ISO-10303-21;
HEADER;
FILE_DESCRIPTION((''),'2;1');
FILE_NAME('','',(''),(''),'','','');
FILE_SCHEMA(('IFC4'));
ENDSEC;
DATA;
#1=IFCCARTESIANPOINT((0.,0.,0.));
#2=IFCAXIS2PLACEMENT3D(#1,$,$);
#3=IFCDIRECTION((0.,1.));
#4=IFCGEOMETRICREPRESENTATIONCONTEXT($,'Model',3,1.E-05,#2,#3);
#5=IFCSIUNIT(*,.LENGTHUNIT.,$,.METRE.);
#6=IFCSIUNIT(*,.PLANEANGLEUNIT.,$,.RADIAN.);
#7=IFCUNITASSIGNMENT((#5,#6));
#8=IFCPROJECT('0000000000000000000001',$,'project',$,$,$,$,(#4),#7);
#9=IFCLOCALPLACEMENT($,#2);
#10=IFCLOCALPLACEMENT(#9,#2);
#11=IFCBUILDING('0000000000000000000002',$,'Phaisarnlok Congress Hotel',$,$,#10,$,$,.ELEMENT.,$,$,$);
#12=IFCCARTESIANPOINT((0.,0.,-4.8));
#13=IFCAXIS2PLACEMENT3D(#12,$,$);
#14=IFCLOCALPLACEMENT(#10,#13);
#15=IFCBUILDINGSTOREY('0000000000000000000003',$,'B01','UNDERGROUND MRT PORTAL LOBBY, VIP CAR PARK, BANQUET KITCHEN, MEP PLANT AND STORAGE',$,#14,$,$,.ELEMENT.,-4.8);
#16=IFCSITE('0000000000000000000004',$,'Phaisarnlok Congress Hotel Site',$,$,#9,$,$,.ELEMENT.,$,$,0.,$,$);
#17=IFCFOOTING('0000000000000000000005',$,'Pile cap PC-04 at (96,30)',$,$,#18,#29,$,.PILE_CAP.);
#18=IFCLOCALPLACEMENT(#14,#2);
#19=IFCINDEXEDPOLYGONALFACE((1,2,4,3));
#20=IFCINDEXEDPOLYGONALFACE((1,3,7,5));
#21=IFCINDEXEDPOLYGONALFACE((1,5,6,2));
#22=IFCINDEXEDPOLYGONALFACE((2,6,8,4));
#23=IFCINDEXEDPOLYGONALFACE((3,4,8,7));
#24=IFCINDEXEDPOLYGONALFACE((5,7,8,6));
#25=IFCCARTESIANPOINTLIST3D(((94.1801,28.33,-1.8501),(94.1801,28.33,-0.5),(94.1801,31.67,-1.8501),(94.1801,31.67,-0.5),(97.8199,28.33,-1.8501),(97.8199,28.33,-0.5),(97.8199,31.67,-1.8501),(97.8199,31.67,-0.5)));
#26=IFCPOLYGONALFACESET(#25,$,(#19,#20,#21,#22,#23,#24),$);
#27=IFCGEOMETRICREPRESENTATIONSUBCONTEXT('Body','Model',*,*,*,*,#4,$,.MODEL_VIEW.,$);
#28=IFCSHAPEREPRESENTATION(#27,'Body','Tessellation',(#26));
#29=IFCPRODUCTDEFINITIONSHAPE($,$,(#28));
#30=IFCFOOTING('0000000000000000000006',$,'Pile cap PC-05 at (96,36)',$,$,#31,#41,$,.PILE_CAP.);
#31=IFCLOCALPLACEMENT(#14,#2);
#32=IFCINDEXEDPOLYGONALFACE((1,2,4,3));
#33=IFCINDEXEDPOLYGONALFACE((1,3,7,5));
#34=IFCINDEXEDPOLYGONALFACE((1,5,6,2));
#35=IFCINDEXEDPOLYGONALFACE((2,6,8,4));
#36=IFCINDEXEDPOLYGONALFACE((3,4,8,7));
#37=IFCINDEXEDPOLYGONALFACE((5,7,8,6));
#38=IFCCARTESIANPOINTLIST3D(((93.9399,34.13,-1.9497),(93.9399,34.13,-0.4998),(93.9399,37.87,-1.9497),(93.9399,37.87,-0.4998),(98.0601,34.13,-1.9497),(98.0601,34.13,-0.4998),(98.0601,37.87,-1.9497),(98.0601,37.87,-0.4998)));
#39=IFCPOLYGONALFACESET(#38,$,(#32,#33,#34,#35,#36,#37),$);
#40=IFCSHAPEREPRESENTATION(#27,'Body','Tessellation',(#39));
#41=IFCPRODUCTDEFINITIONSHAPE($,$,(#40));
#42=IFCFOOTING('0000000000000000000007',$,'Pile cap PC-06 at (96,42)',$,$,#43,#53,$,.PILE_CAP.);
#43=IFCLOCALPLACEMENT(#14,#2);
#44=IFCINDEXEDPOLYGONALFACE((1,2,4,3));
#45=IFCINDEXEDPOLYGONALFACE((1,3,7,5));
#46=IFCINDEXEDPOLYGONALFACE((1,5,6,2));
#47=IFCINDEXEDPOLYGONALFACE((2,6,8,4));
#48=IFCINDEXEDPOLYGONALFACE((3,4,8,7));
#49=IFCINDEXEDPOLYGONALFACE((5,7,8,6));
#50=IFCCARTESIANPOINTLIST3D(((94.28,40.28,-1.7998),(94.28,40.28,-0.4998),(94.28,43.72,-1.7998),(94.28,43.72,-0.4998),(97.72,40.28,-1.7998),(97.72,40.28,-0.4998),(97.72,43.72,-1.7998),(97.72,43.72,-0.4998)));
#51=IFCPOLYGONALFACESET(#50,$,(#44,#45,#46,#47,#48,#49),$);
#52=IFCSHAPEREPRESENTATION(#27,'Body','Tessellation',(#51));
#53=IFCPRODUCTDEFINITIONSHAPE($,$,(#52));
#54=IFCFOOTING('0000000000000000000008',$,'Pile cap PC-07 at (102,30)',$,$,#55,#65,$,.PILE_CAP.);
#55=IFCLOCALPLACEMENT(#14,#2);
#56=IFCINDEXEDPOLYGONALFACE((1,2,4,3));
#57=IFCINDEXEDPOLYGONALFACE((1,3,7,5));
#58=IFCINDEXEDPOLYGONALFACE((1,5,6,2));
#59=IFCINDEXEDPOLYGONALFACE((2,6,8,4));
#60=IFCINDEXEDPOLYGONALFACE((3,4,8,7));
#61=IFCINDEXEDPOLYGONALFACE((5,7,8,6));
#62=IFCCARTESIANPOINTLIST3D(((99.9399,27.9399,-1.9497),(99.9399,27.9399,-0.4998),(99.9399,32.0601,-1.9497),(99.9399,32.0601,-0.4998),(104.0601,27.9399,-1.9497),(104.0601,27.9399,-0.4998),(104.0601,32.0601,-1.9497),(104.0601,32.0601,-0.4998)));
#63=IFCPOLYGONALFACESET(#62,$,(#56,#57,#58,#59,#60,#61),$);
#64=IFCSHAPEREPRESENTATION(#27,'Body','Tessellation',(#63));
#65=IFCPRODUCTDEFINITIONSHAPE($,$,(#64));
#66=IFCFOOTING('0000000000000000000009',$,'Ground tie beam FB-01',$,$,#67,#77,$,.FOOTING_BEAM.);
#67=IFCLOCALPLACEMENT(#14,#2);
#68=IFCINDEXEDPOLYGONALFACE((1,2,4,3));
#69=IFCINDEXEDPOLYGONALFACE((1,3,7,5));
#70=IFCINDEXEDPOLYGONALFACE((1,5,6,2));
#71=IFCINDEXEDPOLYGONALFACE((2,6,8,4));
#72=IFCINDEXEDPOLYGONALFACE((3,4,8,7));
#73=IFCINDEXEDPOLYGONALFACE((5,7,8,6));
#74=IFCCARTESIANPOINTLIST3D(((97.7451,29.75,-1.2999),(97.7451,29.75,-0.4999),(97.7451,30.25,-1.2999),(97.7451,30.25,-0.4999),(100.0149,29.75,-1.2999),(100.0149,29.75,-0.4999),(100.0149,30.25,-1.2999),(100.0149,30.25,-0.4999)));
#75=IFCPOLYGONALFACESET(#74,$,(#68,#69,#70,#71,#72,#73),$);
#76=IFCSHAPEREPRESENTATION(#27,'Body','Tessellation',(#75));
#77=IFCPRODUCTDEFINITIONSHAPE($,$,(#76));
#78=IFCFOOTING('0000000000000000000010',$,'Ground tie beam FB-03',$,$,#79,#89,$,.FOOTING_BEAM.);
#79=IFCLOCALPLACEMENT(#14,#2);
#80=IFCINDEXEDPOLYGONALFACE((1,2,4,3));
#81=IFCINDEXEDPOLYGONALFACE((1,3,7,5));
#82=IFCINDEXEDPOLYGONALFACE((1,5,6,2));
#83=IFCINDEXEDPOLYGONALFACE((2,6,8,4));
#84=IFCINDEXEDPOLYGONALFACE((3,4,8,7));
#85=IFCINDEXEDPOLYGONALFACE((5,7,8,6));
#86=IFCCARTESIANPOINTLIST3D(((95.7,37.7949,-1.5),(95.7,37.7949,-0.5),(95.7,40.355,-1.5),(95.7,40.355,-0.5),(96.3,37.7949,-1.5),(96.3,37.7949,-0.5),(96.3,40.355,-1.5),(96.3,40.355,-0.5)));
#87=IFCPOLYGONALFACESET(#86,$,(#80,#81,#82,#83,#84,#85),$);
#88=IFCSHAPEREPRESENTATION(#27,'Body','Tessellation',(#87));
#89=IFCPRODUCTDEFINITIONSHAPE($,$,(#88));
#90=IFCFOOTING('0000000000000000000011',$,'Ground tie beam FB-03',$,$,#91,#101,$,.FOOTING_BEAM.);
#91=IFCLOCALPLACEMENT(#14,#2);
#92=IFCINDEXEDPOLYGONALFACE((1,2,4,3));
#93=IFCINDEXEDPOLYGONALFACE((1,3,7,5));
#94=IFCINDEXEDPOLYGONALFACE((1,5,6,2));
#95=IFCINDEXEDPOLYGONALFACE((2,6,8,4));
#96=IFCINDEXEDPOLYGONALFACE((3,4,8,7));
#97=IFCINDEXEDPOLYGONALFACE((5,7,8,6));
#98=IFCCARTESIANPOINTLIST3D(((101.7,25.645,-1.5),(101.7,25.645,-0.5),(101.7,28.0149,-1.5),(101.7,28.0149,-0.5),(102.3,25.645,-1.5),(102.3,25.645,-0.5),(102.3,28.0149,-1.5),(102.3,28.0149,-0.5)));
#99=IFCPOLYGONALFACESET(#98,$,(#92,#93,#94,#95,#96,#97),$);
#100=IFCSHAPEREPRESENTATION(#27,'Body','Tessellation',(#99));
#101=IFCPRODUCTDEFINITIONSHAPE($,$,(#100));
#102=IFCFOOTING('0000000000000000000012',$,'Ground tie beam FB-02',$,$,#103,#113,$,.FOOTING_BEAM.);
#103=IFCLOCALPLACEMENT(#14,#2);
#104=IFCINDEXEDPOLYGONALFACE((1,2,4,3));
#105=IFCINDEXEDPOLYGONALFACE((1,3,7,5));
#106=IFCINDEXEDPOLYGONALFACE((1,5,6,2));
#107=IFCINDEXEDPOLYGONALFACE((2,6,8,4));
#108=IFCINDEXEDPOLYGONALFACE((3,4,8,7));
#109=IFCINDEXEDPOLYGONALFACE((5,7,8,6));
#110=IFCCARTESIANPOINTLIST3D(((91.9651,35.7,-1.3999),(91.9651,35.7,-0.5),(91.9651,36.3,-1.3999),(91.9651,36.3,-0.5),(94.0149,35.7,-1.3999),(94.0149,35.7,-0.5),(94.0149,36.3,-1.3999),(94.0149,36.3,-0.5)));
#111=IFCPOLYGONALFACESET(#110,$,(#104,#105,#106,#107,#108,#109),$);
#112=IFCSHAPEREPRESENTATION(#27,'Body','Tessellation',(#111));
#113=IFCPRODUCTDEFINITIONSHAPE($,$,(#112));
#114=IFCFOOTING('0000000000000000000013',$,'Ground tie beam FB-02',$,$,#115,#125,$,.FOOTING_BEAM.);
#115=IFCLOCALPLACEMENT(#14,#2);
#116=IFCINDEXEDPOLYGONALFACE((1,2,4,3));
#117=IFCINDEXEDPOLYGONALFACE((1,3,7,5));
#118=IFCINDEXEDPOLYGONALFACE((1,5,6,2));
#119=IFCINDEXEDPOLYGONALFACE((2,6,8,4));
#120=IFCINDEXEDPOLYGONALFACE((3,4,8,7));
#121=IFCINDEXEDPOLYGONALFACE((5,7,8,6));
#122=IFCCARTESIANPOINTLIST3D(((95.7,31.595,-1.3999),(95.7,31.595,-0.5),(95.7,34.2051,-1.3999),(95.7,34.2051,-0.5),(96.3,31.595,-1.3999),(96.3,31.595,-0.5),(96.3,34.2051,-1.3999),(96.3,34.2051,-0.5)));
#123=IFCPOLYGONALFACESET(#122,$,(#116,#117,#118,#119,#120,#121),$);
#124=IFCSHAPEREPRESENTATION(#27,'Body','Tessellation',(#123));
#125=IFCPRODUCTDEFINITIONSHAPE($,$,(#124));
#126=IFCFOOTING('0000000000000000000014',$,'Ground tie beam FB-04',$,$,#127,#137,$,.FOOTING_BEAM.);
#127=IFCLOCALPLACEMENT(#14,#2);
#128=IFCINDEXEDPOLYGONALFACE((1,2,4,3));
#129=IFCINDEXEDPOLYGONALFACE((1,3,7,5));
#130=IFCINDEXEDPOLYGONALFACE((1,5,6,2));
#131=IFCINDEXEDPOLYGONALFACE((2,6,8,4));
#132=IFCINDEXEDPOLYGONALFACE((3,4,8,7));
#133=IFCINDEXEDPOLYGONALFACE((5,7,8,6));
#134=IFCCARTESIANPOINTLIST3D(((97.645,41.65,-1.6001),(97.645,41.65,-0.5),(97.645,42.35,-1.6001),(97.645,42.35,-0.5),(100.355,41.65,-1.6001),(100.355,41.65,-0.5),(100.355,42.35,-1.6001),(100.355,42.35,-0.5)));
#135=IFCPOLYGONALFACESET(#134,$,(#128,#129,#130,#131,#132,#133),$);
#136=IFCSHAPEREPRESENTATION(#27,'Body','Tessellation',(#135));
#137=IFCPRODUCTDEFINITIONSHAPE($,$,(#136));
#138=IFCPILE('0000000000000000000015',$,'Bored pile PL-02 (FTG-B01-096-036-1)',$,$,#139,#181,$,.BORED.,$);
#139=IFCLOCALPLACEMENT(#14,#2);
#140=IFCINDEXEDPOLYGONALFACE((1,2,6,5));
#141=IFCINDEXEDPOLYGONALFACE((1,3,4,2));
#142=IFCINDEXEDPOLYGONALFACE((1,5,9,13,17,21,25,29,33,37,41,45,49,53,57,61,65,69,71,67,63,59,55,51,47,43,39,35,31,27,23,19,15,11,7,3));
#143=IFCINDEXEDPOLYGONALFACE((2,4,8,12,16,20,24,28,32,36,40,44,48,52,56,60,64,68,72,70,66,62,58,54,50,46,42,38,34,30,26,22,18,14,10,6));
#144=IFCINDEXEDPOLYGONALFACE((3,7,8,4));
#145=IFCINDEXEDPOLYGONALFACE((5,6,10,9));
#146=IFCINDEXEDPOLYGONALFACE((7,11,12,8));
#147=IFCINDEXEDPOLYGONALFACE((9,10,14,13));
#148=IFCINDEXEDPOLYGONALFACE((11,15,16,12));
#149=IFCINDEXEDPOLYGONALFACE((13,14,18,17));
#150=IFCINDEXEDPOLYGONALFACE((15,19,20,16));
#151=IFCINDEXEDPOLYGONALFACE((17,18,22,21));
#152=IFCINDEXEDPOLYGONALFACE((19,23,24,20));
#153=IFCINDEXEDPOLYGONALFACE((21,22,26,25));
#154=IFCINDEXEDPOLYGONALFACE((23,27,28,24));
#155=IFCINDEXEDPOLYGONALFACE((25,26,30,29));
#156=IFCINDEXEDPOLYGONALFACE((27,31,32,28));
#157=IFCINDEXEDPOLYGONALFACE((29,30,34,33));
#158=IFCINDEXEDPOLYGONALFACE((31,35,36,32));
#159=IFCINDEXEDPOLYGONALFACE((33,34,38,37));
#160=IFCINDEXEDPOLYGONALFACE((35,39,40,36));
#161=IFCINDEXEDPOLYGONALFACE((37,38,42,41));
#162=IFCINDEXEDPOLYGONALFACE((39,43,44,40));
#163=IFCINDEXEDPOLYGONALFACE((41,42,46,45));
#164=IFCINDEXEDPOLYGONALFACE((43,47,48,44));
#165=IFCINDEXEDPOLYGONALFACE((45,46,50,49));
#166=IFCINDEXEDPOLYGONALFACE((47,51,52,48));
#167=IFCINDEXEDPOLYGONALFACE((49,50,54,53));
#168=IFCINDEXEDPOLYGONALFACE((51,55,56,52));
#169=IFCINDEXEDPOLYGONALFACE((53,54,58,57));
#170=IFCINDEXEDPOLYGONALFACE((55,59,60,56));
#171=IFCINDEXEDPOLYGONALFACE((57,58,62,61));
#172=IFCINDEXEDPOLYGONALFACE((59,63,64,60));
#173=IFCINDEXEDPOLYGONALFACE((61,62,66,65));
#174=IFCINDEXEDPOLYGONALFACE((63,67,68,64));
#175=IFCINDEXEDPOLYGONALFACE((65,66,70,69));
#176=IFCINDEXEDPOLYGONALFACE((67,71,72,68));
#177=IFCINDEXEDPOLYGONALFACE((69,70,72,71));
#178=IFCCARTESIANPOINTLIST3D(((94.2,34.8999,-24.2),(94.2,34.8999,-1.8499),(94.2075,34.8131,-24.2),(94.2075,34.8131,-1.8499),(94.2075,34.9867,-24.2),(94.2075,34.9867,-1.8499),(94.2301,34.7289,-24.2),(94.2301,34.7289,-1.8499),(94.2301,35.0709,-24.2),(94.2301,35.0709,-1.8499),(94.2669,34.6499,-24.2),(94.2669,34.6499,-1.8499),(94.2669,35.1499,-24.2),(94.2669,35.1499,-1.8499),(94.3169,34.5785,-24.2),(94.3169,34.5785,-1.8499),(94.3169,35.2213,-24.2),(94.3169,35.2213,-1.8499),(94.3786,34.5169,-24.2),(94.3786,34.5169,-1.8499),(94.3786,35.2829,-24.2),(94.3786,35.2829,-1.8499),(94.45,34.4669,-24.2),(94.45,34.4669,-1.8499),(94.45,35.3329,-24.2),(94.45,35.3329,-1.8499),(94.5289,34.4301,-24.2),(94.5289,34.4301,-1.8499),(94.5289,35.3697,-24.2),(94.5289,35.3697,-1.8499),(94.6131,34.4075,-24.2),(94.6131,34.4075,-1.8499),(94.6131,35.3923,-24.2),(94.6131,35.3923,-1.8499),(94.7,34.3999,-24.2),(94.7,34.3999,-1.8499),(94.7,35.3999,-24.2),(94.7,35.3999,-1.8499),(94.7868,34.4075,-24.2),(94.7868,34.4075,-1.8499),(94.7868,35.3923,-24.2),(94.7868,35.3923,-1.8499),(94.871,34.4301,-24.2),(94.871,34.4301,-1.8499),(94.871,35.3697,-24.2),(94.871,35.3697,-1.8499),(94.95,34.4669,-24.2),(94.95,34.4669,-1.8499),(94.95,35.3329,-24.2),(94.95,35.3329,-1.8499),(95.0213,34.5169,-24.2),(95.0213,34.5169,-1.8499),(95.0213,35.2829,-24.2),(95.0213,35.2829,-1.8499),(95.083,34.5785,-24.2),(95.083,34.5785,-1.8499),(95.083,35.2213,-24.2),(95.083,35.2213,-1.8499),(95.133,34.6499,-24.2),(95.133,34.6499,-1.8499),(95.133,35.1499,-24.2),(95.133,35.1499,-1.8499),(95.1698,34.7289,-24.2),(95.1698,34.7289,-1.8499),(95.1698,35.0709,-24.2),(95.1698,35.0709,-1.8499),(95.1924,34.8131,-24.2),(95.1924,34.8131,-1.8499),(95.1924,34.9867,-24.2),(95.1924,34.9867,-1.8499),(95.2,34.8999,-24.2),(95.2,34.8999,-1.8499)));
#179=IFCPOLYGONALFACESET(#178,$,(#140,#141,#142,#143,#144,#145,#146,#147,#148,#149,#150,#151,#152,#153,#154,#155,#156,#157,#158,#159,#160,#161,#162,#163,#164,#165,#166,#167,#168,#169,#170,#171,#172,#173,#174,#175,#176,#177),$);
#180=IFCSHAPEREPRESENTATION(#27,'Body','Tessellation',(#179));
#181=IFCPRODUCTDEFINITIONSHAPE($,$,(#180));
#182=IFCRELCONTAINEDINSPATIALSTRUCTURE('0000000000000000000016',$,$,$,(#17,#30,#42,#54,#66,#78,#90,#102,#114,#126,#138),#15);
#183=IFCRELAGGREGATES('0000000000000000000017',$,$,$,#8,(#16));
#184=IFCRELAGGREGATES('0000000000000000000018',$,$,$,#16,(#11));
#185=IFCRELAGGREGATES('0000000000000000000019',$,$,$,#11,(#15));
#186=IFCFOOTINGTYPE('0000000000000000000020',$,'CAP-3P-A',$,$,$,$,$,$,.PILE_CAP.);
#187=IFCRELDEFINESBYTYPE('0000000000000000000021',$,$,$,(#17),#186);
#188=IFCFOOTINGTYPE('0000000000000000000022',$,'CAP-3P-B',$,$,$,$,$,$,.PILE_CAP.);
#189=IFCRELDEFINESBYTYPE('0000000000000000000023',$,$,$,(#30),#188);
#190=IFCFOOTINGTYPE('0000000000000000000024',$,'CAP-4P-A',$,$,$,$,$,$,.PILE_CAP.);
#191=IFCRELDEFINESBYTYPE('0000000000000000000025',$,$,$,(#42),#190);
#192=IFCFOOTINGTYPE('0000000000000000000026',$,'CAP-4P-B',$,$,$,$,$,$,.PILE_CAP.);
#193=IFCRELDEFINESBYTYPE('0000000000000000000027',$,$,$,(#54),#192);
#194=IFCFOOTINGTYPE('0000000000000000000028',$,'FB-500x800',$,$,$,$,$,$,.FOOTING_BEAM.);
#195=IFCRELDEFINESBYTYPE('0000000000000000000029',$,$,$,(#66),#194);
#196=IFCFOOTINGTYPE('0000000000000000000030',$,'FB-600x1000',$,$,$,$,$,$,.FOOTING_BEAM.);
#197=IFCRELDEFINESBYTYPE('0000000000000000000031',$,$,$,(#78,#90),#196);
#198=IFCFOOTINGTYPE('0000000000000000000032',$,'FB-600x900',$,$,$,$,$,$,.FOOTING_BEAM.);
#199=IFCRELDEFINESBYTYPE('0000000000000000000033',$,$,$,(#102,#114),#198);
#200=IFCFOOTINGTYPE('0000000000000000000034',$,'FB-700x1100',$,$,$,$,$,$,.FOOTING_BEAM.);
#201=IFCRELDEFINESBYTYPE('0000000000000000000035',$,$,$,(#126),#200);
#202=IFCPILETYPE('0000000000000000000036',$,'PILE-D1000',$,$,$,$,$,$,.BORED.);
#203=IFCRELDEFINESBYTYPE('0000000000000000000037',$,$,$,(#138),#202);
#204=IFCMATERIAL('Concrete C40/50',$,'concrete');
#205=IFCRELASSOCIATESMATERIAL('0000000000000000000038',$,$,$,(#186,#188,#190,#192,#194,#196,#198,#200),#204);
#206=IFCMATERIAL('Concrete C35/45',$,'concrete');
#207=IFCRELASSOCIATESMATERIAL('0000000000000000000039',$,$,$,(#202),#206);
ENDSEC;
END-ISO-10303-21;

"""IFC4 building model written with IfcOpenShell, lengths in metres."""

from ifc_helpers import new_model, si_unit, direction, frame, origin, origin_2d, place, context, subcontext, project, spatial, rectangle, circle, extrude, material, material_profile, profile_set, type_object, element, save


model = new_model("IFC4")

# Units and contexts
model_context = context("Model", 3, precision=1e-05, world=origin(), true_north=direction((0.0, 1.0)))
body_context = subcontext(model_context, "Body", "Model", "MODEL_VIEW")
ifc_project = project(units=[si_unit("LENGTHUNIT", "METRE"), si_unit("PLANEANGLEUNIT", "RADIAN")], contexts=[model_context])

# Site, building, storey
site_placement = place(None, origin())
site = spatial("IfcSite", under=ifc_project, at=site_placement, Name="Phaisarnlok Congress Hotel Site", CompositionType="ELEMENT", RefElevation=0.0)
building_placement = place(site_placement, origin())
building = spatial("IfcBuilding", under=site, at=building_placement, Name="Phaisarnlok Congress Hotel", CompositionType="ELEMENT")
storey_placement = place(building_placement, frame((0.0, 0.0, -4.8)))
storey = spatial("IfcBuildingStorey", under=building, at=storey_placement, Name="B01", Description="UNDERGROUND MRT PORTAL LOBBY, VIP CAR PARK, BANQUET KITCHEN, MEP PLANT AND STORAGE", CompositionType="ELEMENT", Elevation=-4.8)

# Footings
ifc_material_1 = material(Name="Concrete C40/50", Category="concrete")
footing_type_1 = type_object("IfcFootingType", Name="CAP-3P-A", PredefinedType="PILE_CAP", material=ifc_material_1)
footing_1_placement = place(storey_placement, frame((96.0, 30.0, -1.8501), z_axis=(0.0, 0.0, 1.0), x_axis=(1.0, 0.0, 0.0)))
element("IfcFooting", 1, at=footing_1_placement, inside=storey, type_object=footing_type_1, Name="Pile cap PC-04 at (96,30)", PredefinedType="PILE_CAP", context=body_context, shape_type="SweptSolid", body=[
    extrude(rectangle(XDim=3.6399, YDim=3.3401, at=origin_2d()), origin(), (0.0, 0.0, 1.0), 1.3501),
])
footing_type_2 = type_object("IfcFootingType", Name="CAP-3P-B", PredefinedType="PILE_CAP", material=ifc_material_1)
footing_2_placement = place(storey_placement, frame((96.0, 36.0, -1.9497), z_axis=(0.0, 0.0, 1.0), x_axis=(1.0, 0.0, 0.0)))
element("IfcFooting", 2, at=footing_2_placement, inside=storey, type_object=footing_type_2, Name="Pile cap PC-05 at (96,36)", PredefinedType="PILE_CAP", context=body_context, shape_type="SweptSolid", body=[
    extrude(rectangle(XDim=4.1201, YDim=3.74, at=origin_2d()), origin(), (0.0, 0.0, 1.0), 1.45),
])
footing_type_3 = type_object("IfcFootingType", Name="CAP-4P-A", PredefinedType="PILE_CAP", material=ifc_material_1)
footing_3_placement = place(storey_placement, frame((96.0, 42.0, -1.7998), z_axis=(0.0, 0.0, 1.0), x_axis=(1.0, 0.0, 0.0)))
element("IfcFooting", 3, at=footing_3_placement, inside=storey, type_object=footing_type_3, Name="Pile cap PC-06 at (96,42)", PredefinedType="PILE_CAP", context=body_context, shape_type="SweptSolid", body=[
    extrude(rectangle(XDim=3.4399, YDim=3.4399, at=origin_2d()), origin(), (0.0, 0.0, 1.0), 1.3),
])
footing_type_4 = type_object("IfcFootingType", Name="CAP-4P-B", PredefinedType="PILE_CAP", material=ifc_material_1)
footing_4_placement = place(storey_placement, frame((102.0, 30.0, -1.9497), z_axis=(0.0, 0.0, 1.0), x_axis=(1.0, 0.0, 0.0)))
element("IfcFooting", 4, at=footing_4_placement, inside=storey, type_object=footing_type_4, Name="Pile cap PC-07 at (102,30)", PredefinedType="PILE_CAP", context=body_context, shape_type="SweptSolid", body=[
    extrude(rectangle(XDim=4.1201, YDim=4.1201, at=origin_2d()), origin(), (0.0, 0.0, 1.0), 1.45),
])
ifc_material_profile_1 = material_profile(ifc_material_1, rectangle(XDim=0.5, YDim=0.8, at=origin_2d()), Name="FB-500x800")
ifc_profile_set_1 = profile_set([ifc_material_profile_1], Name="Concrete C40/50")
footing_type_5 = type_object("IfcFootingType", Name="FB-500x800", PredefinedType="FOOTING_BEAM", material=ifc_profile_set_1)
footing_5_placement = place(storey_placement, frame((97.7451, 30.0, -0.8999), z_axis=(1.0, 0.0, 0.0), x_axis=(0.0, 1.0, 0.0)))
element("IfcFooting", 5, at=footing_5_placement, inside=storey, type_object=footing_type_5, Name="Ground tie beam FB-01", PredefinedType="FOOTING_BEAM", context=body_context, shape_type="SweptSolid", body=[
    extrude(rectangle(XDim=0.5, YDim=0.8, at=origin_2d()), origin(), (0.0, 0.0, 1.0), 2.2698),
])
ifc_material_profile_2 = material_profile(ifc_material_1, rectangle(XDim=0.6001, YDim=1.0, at=origin_2d()), Name="FB-600x1000")
ifc_profile_set_2 = profile_set([ifc_material_profile_2], Name="Concrete C40/50")
footing_type_6 = type_object("IfcFootingType", Name="FB-600x1000", PredefinedType="FOOTING_BEAM", material=ifc_profile_set_2)
footing_6_placement = place(storey_placement, frame((96.0, 37.7949, -1.0), z_axis=(0.0, 1.0, 0.0), x_axis=(-1.0, 0.0, 0.0)))
element("IfcFooting", 6, at=footing_6_placement, inside=storey, type_object=footing_type_6, Name="Ground tie beam FB-03", PredefinedType="FOOTING_BEAM", context=body_context, shape_type="SweptSolid", body=[
    extrude(rectangle(XDim=0.6001, YDim=1.0, at=origin_2d()), origin(), (0.0, 0.0, 1.0), 2.5601),
])
footing_7_placement = place(storey_placement, frame((102.0, 25.645, -1.0), z_axis=(0.0, 1.0, 0.0), x_axis=(-1.0, 0.0, 0.0)))
element("IfcFooting", 7, at=footing_7_placement, inside=storey, type_object=footing_type_6, Name="Ground tie beam FB-03", PredefinedType="FOOTING_BEAM", context=body_context, shape_type="SweptSolid", body=[
    extrude(rectangle(XDim=0.6001, YDim=1.0, at=origin_2d()), origin(), (0.0, 0.0, 1.0), 2.3699),
])
ifc_material_profile_3 = material_profile(ifc_material_1, rectangle(XDim=0.6001, YDim=0.8999, at=origin_2d()), Name="FB-600x900")
ifc_profile_set_3 = profile_set([ifc_material_profile_3], Name="Concrete C40/50")
footing_type_7 = type_object("IfcFootingType", Name="FB-600x900", PredefinedType="FOOTING_BEAM", material=ifc_profile_set_3)
footing_8_placement = place(storey_placement, frame((91.9651, 36.0, -0.95), z_axis=(1.0, 0.0, 0.0), x_axis=(0.0, 1.0, 0.0)))
element("IfcFooting", 8, at=footing_8_placement, inside=storey, type_object=footing_type_7, Name="Ground tie beam FB-02", PredefinedType="FOOTING_BEAM", context=body_context, shape_type="SweptSolid", body=[
    extrude(rectangle(XDim=0.6001, YDim=0.8999, at=origin_2d()), origin(), (0.0, 0.0, 1.0), 2.0498),
])
footing_9_placement = place(storey_placement, frame((96.0, 31.595, -0.95), z_axis=(0.0, 1.0, 0.0), x_axis=(-1.0, 0.0, 0.0)))
element("IfcFooting", 9, at=footing_9_placement, inside=storey, type_object=footing_type_7, Name="Ground tie beam FB-02", PredefinedType="FOOTING_BEAM", context=body_context, shape_type="SweptSolid", body=[
    extrude(rectangle(XDim=0.6001, YDim=0.8999, at=origin_2d()), origin(), (0.0, 0.0, 1.0), 2.6101),
])
ifc_material_profile_4 = material_profile(ifc_material_1, rectangle(XDim=0.7, YDim=1.1001, at=origin_2d()), Name="FB-700x1100")
ifc_profile_set_4 = profile_set([ifc_material_profile_4], Name="Concrete C40/50")
footing_type_8 = type_object("IfcFootingType", Name="FB-700x1100", PredefinedType="FOOTING_BEAM", material=ifc_profile_set_4)
footing_10_placement = place(storey_placement, frame((97.645, 42.0, -1.05), z_axis=(1.0, 0.0, 0.0), x_axis=(0.0, 1.0, 0.0)))
element("IfcFooting", 10, at=footing_10_placement, inside=storey, type_object=footing_type_8, Name="Ground tie beam FB-04", PredefinedType="FOOTING_BEAM", context=body_context, shape_type="SweptSolid", body=[
    extrude(rectangle(XDim=0.7, YDim=1.1001, at=origin_2d()), origin(), (0.0, 0.0, 1.0), 2.71),
])

# Pile
ifc_material_2 = material(Name="Concrete C35/45", Category="concrete")
ifc_material_profile_5 = material_profile(ifc_material_2, circle(Radius=0.5, at=origin_2d()), Name="BORED PILE D1000")
ifc_profile_set_5 = profile_set([ifc_material_profile_5], Name="Concrete C35/45")
pile_type_1 = type_object("IfcPileType", Name="PILE-D1000", PredefinedType="BORED", material=ifc_profile_set_5)
for number, where, z_axis, x_axis, name in (
    (11, (94.7, 34.8999, -1.8499), (0.0, 0.0, -1.0), (1.0, 0.0, 0.0), "Bored pile PL-02 (FTG-B01-096-036-1)"),
):
    element("IfcPile", number, at=place(storey_placement, frame(where, z_axis=z_axis, x_axis=x_axis)), inside=storey, type_object=pile_type_1, Name=name, PredefinedType="BORED", context=body_context, shape_type="SweptSolid", body=[
        extrude(circle(Radius=0.5, at=origin_2d()), origin(), (0.0, 0.0, 1.0), 22.3501),
    ])

save(model, "model.ifc")
